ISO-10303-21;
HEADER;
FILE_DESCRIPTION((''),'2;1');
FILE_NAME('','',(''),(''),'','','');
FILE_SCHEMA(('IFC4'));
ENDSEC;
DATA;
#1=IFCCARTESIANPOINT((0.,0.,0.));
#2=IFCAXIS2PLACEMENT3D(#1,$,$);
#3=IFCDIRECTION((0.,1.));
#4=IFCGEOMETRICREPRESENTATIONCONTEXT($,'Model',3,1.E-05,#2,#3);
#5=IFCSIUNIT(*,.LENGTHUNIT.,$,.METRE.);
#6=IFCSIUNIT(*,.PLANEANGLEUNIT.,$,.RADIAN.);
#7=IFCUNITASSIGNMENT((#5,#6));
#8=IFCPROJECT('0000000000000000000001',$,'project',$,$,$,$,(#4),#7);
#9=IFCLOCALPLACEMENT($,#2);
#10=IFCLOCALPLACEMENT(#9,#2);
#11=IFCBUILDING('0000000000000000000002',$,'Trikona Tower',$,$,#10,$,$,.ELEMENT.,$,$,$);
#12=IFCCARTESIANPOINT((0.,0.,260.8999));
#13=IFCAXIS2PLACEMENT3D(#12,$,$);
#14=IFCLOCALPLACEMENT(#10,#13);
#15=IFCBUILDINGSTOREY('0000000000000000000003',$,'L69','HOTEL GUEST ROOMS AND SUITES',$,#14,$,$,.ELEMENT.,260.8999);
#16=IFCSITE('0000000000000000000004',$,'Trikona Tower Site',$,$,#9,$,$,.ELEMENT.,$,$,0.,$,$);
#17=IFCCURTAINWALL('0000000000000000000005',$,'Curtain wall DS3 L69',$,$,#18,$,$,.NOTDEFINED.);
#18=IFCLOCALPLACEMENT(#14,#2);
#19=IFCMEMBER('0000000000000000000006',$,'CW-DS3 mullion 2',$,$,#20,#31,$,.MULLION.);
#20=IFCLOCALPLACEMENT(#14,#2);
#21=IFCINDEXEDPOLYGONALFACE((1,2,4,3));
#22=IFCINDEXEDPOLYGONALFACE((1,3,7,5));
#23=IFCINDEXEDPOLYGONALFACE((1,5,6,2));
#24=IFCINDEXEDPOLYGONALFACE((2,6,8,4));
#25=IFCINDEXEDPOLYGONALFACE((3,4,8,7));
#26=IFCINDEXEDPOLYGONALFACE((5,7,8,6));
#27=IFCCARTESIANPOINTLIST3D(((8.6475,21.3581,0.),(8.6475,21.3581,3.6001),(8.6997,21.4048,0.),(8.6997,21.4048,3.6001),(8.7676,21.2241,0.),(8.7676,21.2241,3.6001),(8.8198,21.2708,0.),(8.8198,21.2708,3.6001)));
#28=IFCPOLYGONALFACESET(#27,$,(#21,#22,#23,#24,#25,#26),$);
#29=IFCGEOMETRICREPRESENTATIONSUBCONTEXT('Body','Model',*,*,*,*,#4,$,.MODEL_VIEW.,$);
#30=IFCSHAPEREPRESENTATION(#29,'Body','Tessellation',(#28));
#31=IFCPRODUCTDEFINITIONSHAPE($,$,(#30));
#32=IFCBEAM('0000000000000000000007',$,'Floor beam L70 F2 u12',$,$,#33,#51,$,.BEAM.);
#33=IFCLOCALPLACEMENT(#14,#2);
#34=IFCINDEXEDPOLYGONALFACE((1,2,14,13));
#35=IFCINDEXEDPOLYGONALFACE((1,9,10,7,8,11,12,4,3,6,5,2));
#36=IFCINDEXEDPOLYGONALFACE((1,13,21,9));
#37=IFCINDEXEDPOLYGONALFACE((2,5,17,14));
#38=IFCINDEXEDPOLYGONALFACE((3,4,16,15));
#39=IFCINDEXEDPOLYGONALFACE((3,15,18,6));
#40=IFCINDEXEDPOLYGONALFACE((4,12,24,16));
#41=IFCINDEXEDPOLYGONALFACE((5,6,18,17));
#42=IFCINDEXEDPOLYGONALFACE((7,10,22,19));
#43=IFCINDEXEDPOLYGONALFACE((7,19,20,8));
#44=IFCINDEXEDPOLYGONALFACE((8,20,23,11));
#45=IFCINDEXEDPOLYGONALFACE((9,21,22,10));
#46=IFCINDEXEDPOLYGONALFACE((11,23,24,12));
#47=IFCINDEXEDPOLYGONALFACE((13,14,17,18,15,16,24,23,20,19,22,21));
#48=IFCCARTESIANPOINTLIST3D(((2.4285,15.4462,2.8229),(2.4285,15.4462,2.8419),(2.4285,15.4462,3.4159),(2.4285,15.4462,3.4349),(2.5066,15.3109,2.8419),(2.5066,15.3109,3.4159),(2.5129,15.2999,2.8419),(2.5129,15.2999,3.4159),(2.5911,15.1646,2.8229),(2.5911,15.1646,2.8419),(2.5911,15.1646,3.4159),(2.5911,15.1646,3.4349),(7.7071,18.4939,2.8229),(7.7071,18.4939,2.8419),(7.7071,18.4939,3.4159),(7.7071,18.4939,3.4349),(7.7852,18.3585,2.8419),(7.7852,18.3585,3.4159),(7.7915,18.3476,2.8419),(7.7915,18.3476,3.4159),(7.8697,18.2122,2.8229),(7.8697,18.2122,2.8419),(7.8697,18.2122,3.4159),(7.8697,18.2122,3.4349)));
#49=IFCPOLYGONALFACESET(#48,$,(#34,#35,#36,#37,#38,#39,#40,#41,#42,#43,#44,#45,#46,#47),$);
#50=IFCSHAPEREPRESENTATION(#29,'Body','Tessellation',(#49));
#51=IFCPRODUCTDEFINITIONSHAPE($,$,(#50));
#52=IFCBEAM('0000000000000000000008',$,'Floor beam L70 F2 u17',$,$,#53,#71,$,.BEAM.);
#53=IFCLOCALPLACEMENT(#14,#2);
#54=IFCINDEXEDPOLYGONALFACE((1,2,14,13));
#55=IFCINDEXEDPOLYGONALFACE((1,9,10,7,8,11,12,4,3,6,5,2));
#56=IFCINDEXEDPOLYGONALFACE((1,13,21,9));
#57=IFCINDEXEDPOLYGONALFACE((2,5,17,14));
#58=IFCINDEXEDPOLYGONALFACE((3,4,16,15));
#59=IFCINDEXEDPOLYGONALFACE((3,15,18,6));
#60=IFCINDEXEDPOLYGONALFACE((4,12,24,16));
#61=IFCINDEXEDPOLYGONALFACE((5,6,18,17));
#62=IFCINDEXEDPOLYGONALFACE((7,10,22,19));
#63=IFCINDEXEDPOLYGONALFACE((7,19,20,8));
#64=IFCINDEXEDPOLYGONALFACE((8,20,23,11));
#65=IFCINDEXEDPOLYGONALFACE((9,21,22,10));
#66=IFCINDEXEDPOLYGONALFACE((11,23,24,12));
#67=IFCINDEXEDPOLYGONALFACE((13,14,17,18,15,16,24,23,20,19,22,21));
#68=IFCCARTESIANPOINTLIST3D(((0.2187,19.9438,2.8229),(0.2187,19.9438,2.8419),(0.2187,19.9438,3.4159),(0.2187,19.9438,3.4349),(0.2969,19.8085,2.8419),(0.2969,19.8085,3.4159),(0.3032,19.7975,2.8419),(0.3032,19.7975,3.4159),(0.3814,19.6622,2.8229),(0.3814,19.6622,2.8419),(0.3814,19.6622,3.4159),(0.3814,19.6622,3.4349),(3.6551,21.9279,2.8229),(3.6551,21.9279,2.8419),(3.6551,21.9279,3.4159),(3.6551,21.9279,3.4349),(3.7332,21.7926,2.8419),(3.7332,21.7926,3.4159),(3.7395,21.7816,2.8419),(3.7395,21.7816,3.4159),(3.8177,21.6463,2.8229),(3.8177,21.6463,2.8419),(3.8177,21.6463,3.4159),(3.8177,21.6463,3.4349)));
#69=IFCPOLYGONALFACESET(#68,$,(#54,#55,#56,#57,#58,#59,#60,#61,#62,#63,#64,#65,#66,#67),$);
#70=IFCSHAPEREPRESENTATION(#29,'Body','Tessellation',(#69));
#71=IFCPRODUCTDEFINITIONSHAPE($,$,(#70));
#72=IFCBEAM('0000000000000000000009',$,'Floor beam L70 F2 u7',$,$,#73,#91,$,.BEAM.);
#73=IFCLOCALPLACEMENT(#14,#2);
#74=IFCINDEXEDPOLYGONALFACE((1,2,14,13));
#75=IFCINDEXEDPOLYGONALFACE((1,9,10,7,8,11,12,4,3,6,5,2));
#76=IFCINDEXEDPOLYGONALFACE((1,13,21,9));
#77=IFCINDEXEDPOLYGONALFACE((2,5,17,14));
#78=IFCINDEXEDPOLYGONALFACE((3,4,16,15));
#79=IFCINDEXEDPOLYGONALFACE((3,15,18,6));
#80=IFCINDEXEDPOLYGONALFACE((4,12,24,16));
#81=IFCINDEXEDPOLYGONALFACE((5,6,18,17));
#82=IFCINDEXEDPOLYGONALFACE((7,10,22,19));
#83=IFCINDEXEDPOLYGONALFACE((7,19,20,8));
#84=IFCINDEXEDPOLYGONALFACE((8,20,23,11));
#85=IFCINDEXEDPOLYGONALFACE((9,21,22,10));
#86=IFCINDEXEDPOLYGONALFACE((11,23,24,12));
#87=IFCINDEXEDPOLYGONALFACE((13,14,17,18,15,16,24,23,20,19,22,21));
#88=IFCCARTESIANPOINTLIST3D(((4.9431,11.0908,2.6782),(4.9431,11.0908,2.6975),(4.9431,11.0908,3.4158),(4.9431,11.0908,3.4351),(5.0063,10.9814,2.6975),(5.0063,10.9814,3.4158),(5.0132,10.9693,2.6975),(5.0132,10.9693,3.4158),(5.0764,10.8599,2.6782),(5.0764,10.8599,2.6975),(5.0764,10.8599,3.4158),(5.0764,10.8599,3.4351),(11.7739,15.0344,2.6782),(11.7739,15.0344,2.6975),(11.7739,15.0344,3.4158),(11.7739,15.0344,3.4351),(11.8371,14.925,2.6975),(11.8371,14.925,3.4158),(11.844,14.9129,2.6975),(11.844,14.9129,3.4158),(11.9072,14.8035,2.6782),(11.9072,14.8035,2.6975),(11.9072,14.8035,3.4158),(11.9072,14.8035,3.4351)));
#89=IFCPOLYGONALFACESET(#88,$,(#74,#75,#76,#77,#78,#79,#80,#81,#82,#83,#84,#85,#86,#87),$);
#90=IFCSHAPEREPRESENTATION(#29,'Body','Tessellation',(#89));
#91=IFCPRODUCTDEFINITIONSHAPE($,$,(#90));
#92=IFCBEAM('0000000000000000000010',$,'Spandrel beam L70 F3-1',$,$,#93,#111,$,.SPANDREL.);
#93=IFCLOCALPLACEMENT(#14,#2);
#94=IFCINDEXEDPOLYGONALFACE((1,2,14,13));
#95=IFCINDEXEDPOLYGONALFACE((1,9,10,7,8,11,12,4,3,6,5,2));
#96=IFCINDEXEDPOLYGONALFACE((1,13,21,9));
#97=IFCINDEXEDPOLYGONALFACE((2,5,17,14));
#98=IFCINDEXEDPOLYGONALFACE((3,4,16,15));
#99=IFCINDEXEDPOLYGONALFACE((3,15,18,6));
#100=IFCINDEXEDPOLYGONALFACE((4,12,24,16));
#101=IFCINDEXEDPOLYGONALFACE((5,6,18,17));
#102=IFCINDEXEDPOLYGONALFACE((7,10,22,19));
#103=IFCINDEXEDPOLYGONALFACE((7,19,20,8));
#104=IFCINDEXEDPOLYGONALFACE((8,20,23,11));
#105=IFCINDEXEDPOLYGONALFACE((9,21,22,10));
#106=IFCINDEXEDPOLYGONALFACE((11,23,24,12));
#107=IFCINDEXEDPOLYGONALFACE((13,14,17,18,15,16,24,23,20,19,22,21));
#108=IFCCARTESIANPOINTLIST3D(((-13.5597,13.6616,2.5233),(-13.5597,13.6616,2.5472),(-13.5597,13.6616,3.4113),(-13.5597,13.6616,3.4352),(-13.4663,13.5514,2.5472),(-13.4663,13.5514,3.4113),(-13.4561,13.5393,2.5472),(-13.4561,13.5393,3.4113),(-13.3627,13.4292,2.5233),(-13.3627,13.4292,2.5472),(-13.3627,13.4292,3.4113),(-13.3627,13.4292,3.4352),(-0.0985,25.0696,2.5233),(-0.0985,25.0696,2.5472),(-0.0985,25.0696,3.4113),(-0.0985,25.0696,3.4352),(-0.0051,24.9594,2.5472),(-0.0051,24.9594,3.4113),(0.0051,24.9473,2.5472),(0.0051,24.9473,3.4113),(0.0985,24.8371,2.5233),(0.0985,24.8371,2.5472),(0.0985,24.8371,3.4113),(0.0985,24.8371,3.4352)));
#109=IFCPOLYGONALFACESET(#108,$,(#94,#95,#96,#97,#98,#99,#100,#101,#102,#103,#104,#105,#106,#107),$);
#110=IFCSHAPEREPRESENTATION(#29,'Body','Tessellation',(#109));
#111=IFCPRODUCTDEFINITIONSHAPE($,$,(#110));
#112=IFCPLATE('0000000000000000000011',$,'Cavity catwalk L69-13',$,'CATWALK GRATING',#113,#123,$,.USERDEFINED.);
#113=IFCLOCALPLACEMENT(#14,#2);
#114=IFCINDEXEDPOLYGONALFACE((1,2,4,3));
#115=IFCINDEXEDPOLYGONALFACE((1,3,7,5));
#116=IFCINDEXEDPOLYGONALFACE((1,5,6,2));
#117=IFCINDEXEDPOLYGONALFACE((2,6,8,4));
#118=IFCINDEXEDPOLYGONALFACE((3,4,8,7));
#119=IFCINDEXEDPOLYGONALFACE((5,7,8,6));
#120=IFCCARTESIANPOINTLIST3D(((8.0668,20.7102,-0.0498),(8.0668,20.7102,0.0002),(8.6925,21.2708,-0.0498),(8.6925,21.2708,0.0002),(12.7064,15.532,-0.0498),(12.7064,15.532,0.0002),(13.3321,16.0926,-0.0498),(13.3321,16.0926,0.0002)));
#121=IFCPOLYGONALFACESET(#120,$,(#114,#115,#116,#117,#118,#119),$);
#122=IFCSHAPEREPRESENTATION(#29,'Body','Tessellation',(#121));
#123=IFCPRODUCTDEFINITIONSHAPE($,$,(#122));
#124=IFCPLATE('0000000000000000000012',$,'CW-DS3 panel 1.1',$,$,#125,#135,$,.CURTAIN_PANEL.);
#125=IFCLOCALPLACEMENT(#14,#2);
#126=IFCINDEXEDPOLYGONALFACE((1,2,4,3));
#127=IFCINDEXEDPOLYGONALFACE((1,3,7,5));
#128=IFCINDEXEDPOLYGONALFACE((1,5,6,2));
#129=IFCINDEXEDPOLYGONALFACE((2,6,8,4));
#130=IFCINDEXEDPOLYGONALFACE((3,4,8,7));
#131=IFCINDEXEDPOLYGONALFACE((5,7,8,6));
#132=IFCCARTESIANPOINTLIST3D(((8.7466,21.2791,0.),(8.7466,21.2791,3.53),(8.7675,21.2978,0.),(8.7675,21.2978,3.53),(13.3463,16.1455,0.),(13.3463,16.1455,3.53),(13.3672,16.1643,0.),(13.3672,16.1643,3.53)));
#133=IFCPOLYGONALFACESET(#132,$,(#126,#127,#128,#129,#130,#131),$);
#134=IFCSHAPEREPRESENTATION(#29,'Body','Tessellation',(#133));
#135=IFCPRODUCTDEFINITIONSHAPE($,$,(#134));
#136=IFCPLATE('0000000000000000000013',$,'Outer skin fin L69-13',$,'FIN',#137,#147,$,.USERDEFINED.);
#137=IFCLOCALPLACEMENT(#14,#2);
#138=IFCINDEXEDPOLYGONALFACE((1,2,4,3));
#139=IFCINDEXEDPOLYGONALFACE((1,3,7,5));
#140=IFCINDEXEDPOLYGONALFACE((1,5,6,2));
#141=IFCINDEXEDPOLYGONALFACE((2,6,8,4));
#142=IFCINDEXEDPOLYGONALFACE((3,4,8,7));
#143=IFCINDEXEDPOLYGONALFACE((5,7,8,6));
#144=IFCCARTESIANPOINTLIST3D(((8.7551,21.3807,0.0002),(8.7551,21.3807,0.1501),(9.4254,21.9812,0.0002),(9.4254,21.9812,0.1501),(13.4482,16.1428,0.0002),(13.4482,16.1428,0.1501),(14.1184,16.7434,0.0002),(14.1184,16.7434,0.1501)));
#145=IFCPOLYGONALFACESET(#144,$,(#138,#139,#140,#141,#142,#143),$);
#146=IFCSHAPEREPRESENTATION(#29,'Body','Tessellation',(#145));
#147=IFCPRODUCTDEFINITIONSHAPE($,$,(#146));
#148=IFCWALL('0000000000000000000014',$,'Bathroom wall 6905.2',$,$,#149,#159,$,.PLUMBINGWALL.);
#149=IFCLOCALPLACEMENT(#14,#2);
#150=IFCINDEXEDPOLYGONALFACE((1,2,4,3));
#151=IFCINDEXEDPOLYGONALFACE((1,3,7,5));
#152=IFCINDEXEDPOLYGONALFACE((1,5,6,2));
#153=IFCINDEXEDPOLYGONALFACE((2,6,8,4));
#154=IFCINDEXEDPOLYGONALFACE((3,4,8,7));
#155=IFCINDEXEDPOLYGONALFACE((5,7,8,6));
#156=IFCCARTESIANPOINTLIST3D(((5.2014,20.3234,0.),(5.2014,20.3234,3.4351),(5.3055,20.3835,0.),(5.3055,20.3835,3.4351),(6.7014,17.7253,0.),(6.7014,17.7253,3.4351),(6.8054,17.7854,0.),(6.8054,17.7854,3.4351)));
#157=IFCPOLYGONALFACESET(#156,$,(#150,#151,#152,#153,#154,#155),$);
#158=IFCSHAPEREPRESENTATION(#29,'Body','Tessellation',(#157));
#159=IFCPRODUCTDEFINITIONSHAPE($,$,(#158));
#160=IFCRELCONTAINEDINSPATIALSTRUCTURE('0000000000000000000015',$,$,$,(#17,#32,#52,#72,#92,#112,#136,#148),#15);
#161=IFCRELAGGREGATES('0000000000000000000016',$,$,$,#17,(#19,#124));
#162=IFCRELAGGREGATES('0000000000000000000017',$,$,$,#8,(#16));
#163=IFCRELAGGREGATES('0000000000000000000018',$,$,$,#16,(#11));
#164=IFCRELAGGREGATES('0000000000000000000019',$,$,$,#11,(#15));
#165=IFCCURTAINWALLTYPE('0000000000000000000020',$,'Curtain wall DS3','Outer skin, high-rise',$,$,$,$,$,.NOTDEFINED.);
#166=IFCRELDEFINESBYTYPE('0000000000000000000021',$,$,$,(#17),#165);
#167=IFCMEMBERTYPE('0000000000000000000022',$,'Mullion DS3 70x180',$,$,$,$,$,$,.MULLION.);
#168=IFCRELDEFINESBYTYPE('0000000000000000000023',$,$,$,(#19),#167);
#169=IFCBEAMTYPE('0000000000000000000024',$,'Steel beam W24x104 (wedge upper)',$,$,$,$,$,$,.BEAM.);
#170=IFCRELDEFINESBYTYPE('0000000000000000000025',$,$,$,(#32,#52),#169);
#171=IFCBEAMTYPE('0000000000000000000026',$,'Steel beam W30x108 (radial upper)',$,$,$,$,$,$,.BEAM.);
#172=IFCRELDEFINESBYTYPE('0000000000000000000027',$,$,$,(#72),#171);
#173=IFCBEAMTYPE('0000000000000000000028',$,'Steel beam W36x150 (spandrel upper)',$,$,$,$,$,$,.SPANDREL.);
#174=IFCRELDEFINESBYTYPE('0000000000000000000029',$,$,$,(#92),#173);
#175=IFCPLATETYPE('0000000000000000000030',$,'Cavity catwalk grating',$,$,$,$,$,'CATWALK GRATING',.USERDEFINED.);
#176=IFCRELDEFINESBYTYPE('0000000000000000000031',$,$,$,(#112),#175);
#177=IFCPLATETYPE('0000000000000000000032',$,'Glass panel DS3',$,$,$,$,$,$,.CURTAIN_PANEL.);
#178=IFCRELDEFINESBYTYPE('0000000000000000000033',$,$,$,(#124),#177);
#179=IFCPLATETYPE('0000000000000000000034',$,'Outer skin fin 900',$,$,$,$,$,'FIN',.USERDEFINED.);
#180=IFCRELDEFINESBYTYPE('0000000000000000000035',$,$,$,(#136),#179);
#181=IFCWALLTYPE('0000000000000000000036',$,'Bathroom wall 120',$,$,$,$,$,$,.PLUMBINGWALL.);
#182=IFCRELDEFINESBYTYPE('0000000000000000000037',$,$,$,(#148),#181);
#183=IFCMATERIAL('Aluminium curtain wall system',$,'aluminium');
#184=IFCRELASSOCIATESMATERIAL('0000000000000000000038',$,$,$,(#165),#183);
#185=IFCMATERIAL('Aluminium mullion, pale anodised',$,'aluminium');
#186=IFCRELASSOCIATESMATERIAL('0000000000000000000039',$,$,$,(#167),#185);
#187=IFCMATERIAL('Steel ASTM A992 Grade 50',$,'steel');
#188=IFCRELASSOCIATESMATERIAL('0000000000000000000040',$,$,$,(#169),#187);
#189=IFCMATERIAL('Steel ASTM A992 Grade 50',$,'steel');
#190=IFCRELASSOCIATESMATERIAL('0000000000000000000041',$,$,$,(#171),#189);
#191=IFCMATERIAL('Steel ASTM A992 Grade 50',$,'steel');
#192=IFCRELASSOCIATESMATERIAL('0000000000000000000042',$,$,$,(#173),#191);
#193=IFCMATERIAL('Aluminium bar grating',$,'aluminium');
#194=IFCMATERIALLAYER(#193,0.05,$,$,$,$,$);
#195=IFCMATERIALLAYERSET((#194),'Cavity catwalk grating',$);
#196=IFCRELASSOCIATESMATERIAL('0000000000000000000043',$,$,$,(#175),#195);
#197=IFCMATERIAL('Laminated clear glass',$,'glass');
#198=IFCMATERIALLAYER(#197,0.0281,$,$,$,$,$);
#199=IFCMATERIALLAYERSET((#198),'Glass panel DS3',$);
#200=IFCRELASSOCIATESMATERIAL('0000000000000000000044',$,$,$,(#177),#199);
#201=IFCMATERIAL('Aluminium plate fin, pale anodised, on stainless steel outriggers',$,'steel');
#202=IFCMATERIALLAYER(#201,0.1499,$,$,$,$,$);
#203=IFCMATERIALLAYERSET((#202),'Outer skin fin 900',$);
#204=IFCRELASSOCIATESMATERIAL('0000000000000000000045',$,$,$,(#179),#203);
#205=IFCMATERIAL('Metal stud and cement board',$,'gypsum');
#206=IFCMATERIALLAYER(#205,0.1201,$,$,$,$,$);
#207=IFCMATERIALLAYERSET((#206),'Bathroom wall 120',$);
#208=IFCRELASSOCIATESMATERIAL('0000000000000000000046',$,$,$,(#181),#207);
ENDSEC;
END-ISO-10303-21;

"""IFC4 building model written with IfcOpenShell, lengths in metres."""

from ifc_helpers import new_model, si_unit, direction, frame, frame_2d, origin, origin_2d, place, context, subcontext, project, spatial, rectangle, i_section, extrude, material, layer, layer_set, material_profile, profile_set, type_object, element, aggregate, save


model = new_model("IFC4")

# Units and contexts
model_context = context("Model", 3, precision=1e-05, world=origin(), true_north=direction((0.0, 1.0)))
body_context = subcontext(model_context, "Body", "Model", "MODEL_VIEW")
ifc_project = project(units=[si_unit("LENGTHUNIT", "METRE"), si_unit("PLANEANGLEUNIT", "RADIAN")], contexts=[model_context])

# Site, building, storey
site_placement = place(None, origin())
site = spatial("IfcSite", under=ifc_project, at=site_placement, Name="Trikona Tower Site", CompositionType="ELEMENT", RefElevation=0.0)
building_placement = place(site_placement, origin())
building = spatial("IfcBuilding", under=site, at=building_placement, Name="Trikona Tower", CompositionType="ELEMENT")
storey_placement = place(building_placement, frame((0.0, 0.0, 260.8999)))
storey = spatial("IfcBuildingStorey", under=building, at=storey_placement, Name="L69", Description="HOTEL GUEST ROOMS AND SUITES", CompositionType="ELEMENT", Elevation=260.8999)

# Curtain wall, member
ifc_material_1 = material(Name="Aluminium curtain wall system", Category="aluminium")
curtain_wall_type = type_object("IfcCurtainWallType", Name="Curtain wall DS3", Description="Outer skin, high-rise", PredefinedType="NOTDEFINED", material=ifc_material_1)
curtain_wall_placement = place(storey_placement, origin())
curtain_wall = element("IfcCurtainWall", 1, at=curtain_wall_placement, inside=storey, type_object=curtain_wall_type, Name="Curtain wall DS3 L69", PredefinedType="NOTDEFINED")
ifc_material_2 = material(Name="Aluminium mullion, pale anodised", Category="aluminium")
ifc_material_profile_1 = material_profile(ifc_material_2, rectangle(XDim=0.0701, YDim=0.1799, at=origin_2d()), Name="MUL-DS3")
ifc_profile_set_1 = profile_set([ifc_material_profile_1], Name="Aluminium mullion, pale anodised")
member_type = type_object("IfcMemberType", Name="Mullion DS3 70x180", PredefinedType="MULLION", material=ifc_profile_set_1)
member_placement = place(storey_placement, frame((8.7336, 21.3145, 0.0), z_axis=(0.0, 0.0, 1.0), x_axis=(-0.744771, -0.66732, 0.0)))
member = element("IfcMember", 2, at=member_placement, type_object=member_type, Name="CW-DS3 mullion 2", PredefinedType="MULLION", context=body_context, shape_type="SweptSolid", body=[
    extrude(rectangle(XDim=0.0701, YDim=0.1799, at=origin_2d()), origin(), (0.0, 0.0, 1.0), 3.6001),
])

# Beams
ifc_material_3 = material(Name="Steel ASTM A992 Grade 50", Category="steel")
ifc_material_profile_2 = material_profile(ifc_material_3, i_section(OverallWidth=0.3252, OverallDepth=0.6121, WebThickness=0.0127, FlangeThickness=0.019, at=origin_2d()), Name="W24X104")
ifc_profile_set_2 = profile_set([ifc_material_profile_2], Name="Steel ASTM A992 Grade 50")
beam_type_1 = type_object("IfcBeamType", Name="Steel beam W24x104 (wedge upper)", PredefinedType="BEAM", material=ifc_profile_set_2)
beam_1_placement = place(storey_placement, frame((2.5098, 15.3054, 3.1289), z_axis=(0.866023, 0.500003, 0.0), x_axis=(-0.500003, 0.866023, 0.0)))
element("IfcBeam", 3, at=beam_1_placement, inside=storey, type_object=beam_type_1, Name="Floor beam L70 F2 u12", PredefinedType="BEAM", context=body_context, shape_type="SweptSolid", body=[
    extrude(i_section(OverallWidth=0.3252, OverallDepth=0.6121, WebThickness=0.0127, FlangeThickness=0.019, at=origin_2d()), origin(), (0.0, 0.0, 1.0), 6.0952),
])
beam_2_placement = place(storey_placement, frame((0.3, 19.803, 3.1289), z_axis=(0.866004, 0.500037, 0.0), x_axis=(-0.500037, 0.866004, 0.0)))
element("IfcBeam", 4, at=beam_2_placement, inside=storey, type_object=beam_type_1, Name="Floor beam L70 F2 u17", PredefinedType="BEAM", context=body_context, shape_type="SweptSolid", body=[
    extrude(i_section(OverallWidth=0.3252, OverallDepth=0.6121, WebThickness=0.0127, FlangeThickness=0.019, at=origin_2d()), origin(), (0.0, 0.0, 1.0), 3.968),
])
ifc_material_4 = material(Name="Steel ASTM A992 Grade 50", Category="steel")
ifc_material_profile_3 = material_profile(ifc_material_4, i_section(OverallWidth=0.2666, OverallDepth=0.7568, WebThickness=0.0139, FlangeThickness=0.0193, at=origin_2d()), Name="W30X108")
ifc_profile_set_3 = profile_set([ifc_material_profile_3], Name="Steel ASTM A992 Grade 50")
beam_type_2 = type_object("IfcBeamType", Name="Steel beam W30x108 (radial upper)", PredefinedType="BEAM", material=ifc_profile_set_3)
beam_3_placement = place(storey_placement, frame((5.0098, 10.9753, 3.0566), z_axis=(0.866035, 0.499984, 0.0), x_axis=(-0.499984, 0.866035, 0.0)))
element("IfcBeam", 5, at=beam_3_placement, inside=storey, type_object=beam_type_2, Name="Floor beam L70 F2 u7", PredefinedType="BEAM", context=body_context, shape_type="SweptSolid", body=[
    extrude(i_section(OverallWidth=0.2666, OverallDepth=0.7568, WebThickness=0.0139, FlangeThickness=0.0193, at=origin_2d()), origin(), (0.0, 0.0, 1.0), 7.8875),
])
ifc_material_5 = material(Name="Steel ASTM A992 Grade 50", Category="steel")
ifc_material_profile_4 = material_profile(ifc_material_5, i_section(OverallWidth=0.3047, OverallDepth=0.9119, WebThickness=0.0159, FlangeThickness=0.0239, at=origin_2d()), Name="W36X150")
ifc_profile_set_4 = profile_set([ifc_material_profile_4], Name="Steel ASTM A992 Grade 50")
beam_type_3 = type_object("IfcBeamType", Name="Steel beam W36x150 (spandrel upper)", PredefinedType="SPANDREL", material=ifc_profile_set_4)
beam_4_placement = place(storey_placement, frame((0.0, 24.9534, 2.9792), z_axis=(-0.762891, -0.646528, 0.0), x_axis=(0.646528, -0.762891, 0.0)))
element("IfcBeam", 6, at=beam_4_placement, inside=storey, type_object=beam_type_3, Name="Spandrel beam L70 F3-1", PredefinedType="SPANDREL", context=body_context, shape_type="SweptSolid", body=[
    extrude(i_section(OverallWidth=0.3047, OverallDepth=0.9119, WebThickness=0.0159, FlangeThickness=0.0239, at=origin_2d()), origin(), (0.0, 0.0, 1.0), 17.645),
])

# Plates
ifc_material_6 = material(Name="Aluminium bar grating", Category="aluminium")
ifc_layer_1 = layer(ifc_material_6, 0.05)
ifc_layer_set_1 = layer_set([ifc_layer_1], Name="Cavity catwalk grating")
plate_type_1 = type_object("IfcPlateType", Name="Cavity catwalk grating", ElementType="CATWALK GRATING", PredefinedType="USERDEFINED", material=ifc_layer_set_1)
plate_1_placement = place(storey_placement, frame((10.6995, 18.4014, -0.0498), z_axis=(0.0, 0.0, 1.0), x_axis=(-0.667311, 0.744779, 0.0)))
element("IfcPlate", 7, at=plate_1_placement, inside=storey, type_object=plate_type_1, Name="Cavity catwalk L69-13", ObjectType="CATWALK GRATING", PredefinedType="USERDEFINED", context=body_context, shape_type="SweptSolid", body=[
    extrude(rectangle(XDim=6.9526, YDim=0.8401, at=origin_2d()), origin(), (0.0, 0.0, 1.0), 0.05),
])
ifc_material_7 = material(Name="Laminated clear glass", Category="glass")
ifc_layer_2 = layer(ifc_material_7, 0.0281)
ifc_layer_set_2 = layer_set([ifc_layer_2], Name="Glass panel DS3")
plate_type_2 = type_object("IfcPlateType", Name="Glass panel DS3", PredefinedType="CURTAIN_PANEL", material=ifc_layer_set_2)
plate_2_placement = place(storey_placement, frame((11.0569, 18.7217, 0.0), z_axis=(0.0, 0.0, 1.0), x_axis=(-0.66732, 0.744771, 0.0)))
plate_2 = element("IfcPlate", 8, at=plate_2_placement, type_object=plate_type_2, Name="CW-DS3 panel 1.1", PredefinedType="CURTAIN_PANEL", context=body_context, shape_type="SweptSolid", body=[
    extrude(rectangle(XDim=6.8928, YDim=0.0281, at=origin_2d()), origin(), (0.0, 0.0, 1.0), 3.53),
])
aggregate(curtain_wall, [member, plate_2])
ifc_material_8 = material(Name="Aluminium plate fin, pale anodised, on stainless steel outriggers", Category="steel")
ifc_layer_3 = layer(ifc_material_8, 0.1499)
ifc_layer_set_3 = layer_set([ifc_layer_3], Name="Outer skin fin 900")
plate_type_3 = type_object("IfcPlateType", Name="Outer skin fin 900", ElementType="FIN", PredefinedType="USERDEFINED", material=ifc_layer_set_3)
plate_3_placement = place(storey_placement, frame((11.4368, 19.062, 0.0002), z_axis=(0.0, 0.0, 1.0), x_axis=(-0.667311, 0.744779, 0.0)))
element("IfcPlate", 9, at=plate_3_placement, inside=storey, type_object=plate_type_3, Name="Outer skin fin L69-13", ObjectType="FIN", PredefinedType="USERDEFINED", context=body_context, shape_type="SweptSolid", body=[
    extrude(rectangle(XDim=7.0327, YDim=0.8999, at=origin_2d()), origin(), (0.0, 0.0, 1.0), 0.1499),
])

# Wall
ifc_material_9 = material(Name="Metal stud and cement board", Category="gypsum")
ifc_layer_4 = layer(ifc_material_9, 0.1201)
ifc_layer_set_4 = layer_set([ifc_layer_4], Name="Bathroom wall 120")
wall_type_1 = type_object("IfcWallType", Name="Bathroom wall 120", PredefinedType="PLUMBINGWALL", material=ifc_layer_set_4)
wall_1_placement = place(storey_placement, frame((6.7534, 17.7554, 0.0), z_axis=(0.0, 0.0, 1.0), x_axis=(-0.49999, 0.866031, 0.0)))
element("IfcWall", 10, at=wall_1_placement, inside=storey, type_object=wall_type_1, Name="Bathroom wall 6905.2", PredefinedType="PLUMBINGWALL", context=body_context, shape_type="SweptSolid", body=[
    extrude(rectangle(XDim=3.0, YDim=0.1201, at=frame_2d((1.5, 0.0))), origin(), (0.0, 0.0, 1.0), 3.4351),
])

save(model, "model.ifc")
